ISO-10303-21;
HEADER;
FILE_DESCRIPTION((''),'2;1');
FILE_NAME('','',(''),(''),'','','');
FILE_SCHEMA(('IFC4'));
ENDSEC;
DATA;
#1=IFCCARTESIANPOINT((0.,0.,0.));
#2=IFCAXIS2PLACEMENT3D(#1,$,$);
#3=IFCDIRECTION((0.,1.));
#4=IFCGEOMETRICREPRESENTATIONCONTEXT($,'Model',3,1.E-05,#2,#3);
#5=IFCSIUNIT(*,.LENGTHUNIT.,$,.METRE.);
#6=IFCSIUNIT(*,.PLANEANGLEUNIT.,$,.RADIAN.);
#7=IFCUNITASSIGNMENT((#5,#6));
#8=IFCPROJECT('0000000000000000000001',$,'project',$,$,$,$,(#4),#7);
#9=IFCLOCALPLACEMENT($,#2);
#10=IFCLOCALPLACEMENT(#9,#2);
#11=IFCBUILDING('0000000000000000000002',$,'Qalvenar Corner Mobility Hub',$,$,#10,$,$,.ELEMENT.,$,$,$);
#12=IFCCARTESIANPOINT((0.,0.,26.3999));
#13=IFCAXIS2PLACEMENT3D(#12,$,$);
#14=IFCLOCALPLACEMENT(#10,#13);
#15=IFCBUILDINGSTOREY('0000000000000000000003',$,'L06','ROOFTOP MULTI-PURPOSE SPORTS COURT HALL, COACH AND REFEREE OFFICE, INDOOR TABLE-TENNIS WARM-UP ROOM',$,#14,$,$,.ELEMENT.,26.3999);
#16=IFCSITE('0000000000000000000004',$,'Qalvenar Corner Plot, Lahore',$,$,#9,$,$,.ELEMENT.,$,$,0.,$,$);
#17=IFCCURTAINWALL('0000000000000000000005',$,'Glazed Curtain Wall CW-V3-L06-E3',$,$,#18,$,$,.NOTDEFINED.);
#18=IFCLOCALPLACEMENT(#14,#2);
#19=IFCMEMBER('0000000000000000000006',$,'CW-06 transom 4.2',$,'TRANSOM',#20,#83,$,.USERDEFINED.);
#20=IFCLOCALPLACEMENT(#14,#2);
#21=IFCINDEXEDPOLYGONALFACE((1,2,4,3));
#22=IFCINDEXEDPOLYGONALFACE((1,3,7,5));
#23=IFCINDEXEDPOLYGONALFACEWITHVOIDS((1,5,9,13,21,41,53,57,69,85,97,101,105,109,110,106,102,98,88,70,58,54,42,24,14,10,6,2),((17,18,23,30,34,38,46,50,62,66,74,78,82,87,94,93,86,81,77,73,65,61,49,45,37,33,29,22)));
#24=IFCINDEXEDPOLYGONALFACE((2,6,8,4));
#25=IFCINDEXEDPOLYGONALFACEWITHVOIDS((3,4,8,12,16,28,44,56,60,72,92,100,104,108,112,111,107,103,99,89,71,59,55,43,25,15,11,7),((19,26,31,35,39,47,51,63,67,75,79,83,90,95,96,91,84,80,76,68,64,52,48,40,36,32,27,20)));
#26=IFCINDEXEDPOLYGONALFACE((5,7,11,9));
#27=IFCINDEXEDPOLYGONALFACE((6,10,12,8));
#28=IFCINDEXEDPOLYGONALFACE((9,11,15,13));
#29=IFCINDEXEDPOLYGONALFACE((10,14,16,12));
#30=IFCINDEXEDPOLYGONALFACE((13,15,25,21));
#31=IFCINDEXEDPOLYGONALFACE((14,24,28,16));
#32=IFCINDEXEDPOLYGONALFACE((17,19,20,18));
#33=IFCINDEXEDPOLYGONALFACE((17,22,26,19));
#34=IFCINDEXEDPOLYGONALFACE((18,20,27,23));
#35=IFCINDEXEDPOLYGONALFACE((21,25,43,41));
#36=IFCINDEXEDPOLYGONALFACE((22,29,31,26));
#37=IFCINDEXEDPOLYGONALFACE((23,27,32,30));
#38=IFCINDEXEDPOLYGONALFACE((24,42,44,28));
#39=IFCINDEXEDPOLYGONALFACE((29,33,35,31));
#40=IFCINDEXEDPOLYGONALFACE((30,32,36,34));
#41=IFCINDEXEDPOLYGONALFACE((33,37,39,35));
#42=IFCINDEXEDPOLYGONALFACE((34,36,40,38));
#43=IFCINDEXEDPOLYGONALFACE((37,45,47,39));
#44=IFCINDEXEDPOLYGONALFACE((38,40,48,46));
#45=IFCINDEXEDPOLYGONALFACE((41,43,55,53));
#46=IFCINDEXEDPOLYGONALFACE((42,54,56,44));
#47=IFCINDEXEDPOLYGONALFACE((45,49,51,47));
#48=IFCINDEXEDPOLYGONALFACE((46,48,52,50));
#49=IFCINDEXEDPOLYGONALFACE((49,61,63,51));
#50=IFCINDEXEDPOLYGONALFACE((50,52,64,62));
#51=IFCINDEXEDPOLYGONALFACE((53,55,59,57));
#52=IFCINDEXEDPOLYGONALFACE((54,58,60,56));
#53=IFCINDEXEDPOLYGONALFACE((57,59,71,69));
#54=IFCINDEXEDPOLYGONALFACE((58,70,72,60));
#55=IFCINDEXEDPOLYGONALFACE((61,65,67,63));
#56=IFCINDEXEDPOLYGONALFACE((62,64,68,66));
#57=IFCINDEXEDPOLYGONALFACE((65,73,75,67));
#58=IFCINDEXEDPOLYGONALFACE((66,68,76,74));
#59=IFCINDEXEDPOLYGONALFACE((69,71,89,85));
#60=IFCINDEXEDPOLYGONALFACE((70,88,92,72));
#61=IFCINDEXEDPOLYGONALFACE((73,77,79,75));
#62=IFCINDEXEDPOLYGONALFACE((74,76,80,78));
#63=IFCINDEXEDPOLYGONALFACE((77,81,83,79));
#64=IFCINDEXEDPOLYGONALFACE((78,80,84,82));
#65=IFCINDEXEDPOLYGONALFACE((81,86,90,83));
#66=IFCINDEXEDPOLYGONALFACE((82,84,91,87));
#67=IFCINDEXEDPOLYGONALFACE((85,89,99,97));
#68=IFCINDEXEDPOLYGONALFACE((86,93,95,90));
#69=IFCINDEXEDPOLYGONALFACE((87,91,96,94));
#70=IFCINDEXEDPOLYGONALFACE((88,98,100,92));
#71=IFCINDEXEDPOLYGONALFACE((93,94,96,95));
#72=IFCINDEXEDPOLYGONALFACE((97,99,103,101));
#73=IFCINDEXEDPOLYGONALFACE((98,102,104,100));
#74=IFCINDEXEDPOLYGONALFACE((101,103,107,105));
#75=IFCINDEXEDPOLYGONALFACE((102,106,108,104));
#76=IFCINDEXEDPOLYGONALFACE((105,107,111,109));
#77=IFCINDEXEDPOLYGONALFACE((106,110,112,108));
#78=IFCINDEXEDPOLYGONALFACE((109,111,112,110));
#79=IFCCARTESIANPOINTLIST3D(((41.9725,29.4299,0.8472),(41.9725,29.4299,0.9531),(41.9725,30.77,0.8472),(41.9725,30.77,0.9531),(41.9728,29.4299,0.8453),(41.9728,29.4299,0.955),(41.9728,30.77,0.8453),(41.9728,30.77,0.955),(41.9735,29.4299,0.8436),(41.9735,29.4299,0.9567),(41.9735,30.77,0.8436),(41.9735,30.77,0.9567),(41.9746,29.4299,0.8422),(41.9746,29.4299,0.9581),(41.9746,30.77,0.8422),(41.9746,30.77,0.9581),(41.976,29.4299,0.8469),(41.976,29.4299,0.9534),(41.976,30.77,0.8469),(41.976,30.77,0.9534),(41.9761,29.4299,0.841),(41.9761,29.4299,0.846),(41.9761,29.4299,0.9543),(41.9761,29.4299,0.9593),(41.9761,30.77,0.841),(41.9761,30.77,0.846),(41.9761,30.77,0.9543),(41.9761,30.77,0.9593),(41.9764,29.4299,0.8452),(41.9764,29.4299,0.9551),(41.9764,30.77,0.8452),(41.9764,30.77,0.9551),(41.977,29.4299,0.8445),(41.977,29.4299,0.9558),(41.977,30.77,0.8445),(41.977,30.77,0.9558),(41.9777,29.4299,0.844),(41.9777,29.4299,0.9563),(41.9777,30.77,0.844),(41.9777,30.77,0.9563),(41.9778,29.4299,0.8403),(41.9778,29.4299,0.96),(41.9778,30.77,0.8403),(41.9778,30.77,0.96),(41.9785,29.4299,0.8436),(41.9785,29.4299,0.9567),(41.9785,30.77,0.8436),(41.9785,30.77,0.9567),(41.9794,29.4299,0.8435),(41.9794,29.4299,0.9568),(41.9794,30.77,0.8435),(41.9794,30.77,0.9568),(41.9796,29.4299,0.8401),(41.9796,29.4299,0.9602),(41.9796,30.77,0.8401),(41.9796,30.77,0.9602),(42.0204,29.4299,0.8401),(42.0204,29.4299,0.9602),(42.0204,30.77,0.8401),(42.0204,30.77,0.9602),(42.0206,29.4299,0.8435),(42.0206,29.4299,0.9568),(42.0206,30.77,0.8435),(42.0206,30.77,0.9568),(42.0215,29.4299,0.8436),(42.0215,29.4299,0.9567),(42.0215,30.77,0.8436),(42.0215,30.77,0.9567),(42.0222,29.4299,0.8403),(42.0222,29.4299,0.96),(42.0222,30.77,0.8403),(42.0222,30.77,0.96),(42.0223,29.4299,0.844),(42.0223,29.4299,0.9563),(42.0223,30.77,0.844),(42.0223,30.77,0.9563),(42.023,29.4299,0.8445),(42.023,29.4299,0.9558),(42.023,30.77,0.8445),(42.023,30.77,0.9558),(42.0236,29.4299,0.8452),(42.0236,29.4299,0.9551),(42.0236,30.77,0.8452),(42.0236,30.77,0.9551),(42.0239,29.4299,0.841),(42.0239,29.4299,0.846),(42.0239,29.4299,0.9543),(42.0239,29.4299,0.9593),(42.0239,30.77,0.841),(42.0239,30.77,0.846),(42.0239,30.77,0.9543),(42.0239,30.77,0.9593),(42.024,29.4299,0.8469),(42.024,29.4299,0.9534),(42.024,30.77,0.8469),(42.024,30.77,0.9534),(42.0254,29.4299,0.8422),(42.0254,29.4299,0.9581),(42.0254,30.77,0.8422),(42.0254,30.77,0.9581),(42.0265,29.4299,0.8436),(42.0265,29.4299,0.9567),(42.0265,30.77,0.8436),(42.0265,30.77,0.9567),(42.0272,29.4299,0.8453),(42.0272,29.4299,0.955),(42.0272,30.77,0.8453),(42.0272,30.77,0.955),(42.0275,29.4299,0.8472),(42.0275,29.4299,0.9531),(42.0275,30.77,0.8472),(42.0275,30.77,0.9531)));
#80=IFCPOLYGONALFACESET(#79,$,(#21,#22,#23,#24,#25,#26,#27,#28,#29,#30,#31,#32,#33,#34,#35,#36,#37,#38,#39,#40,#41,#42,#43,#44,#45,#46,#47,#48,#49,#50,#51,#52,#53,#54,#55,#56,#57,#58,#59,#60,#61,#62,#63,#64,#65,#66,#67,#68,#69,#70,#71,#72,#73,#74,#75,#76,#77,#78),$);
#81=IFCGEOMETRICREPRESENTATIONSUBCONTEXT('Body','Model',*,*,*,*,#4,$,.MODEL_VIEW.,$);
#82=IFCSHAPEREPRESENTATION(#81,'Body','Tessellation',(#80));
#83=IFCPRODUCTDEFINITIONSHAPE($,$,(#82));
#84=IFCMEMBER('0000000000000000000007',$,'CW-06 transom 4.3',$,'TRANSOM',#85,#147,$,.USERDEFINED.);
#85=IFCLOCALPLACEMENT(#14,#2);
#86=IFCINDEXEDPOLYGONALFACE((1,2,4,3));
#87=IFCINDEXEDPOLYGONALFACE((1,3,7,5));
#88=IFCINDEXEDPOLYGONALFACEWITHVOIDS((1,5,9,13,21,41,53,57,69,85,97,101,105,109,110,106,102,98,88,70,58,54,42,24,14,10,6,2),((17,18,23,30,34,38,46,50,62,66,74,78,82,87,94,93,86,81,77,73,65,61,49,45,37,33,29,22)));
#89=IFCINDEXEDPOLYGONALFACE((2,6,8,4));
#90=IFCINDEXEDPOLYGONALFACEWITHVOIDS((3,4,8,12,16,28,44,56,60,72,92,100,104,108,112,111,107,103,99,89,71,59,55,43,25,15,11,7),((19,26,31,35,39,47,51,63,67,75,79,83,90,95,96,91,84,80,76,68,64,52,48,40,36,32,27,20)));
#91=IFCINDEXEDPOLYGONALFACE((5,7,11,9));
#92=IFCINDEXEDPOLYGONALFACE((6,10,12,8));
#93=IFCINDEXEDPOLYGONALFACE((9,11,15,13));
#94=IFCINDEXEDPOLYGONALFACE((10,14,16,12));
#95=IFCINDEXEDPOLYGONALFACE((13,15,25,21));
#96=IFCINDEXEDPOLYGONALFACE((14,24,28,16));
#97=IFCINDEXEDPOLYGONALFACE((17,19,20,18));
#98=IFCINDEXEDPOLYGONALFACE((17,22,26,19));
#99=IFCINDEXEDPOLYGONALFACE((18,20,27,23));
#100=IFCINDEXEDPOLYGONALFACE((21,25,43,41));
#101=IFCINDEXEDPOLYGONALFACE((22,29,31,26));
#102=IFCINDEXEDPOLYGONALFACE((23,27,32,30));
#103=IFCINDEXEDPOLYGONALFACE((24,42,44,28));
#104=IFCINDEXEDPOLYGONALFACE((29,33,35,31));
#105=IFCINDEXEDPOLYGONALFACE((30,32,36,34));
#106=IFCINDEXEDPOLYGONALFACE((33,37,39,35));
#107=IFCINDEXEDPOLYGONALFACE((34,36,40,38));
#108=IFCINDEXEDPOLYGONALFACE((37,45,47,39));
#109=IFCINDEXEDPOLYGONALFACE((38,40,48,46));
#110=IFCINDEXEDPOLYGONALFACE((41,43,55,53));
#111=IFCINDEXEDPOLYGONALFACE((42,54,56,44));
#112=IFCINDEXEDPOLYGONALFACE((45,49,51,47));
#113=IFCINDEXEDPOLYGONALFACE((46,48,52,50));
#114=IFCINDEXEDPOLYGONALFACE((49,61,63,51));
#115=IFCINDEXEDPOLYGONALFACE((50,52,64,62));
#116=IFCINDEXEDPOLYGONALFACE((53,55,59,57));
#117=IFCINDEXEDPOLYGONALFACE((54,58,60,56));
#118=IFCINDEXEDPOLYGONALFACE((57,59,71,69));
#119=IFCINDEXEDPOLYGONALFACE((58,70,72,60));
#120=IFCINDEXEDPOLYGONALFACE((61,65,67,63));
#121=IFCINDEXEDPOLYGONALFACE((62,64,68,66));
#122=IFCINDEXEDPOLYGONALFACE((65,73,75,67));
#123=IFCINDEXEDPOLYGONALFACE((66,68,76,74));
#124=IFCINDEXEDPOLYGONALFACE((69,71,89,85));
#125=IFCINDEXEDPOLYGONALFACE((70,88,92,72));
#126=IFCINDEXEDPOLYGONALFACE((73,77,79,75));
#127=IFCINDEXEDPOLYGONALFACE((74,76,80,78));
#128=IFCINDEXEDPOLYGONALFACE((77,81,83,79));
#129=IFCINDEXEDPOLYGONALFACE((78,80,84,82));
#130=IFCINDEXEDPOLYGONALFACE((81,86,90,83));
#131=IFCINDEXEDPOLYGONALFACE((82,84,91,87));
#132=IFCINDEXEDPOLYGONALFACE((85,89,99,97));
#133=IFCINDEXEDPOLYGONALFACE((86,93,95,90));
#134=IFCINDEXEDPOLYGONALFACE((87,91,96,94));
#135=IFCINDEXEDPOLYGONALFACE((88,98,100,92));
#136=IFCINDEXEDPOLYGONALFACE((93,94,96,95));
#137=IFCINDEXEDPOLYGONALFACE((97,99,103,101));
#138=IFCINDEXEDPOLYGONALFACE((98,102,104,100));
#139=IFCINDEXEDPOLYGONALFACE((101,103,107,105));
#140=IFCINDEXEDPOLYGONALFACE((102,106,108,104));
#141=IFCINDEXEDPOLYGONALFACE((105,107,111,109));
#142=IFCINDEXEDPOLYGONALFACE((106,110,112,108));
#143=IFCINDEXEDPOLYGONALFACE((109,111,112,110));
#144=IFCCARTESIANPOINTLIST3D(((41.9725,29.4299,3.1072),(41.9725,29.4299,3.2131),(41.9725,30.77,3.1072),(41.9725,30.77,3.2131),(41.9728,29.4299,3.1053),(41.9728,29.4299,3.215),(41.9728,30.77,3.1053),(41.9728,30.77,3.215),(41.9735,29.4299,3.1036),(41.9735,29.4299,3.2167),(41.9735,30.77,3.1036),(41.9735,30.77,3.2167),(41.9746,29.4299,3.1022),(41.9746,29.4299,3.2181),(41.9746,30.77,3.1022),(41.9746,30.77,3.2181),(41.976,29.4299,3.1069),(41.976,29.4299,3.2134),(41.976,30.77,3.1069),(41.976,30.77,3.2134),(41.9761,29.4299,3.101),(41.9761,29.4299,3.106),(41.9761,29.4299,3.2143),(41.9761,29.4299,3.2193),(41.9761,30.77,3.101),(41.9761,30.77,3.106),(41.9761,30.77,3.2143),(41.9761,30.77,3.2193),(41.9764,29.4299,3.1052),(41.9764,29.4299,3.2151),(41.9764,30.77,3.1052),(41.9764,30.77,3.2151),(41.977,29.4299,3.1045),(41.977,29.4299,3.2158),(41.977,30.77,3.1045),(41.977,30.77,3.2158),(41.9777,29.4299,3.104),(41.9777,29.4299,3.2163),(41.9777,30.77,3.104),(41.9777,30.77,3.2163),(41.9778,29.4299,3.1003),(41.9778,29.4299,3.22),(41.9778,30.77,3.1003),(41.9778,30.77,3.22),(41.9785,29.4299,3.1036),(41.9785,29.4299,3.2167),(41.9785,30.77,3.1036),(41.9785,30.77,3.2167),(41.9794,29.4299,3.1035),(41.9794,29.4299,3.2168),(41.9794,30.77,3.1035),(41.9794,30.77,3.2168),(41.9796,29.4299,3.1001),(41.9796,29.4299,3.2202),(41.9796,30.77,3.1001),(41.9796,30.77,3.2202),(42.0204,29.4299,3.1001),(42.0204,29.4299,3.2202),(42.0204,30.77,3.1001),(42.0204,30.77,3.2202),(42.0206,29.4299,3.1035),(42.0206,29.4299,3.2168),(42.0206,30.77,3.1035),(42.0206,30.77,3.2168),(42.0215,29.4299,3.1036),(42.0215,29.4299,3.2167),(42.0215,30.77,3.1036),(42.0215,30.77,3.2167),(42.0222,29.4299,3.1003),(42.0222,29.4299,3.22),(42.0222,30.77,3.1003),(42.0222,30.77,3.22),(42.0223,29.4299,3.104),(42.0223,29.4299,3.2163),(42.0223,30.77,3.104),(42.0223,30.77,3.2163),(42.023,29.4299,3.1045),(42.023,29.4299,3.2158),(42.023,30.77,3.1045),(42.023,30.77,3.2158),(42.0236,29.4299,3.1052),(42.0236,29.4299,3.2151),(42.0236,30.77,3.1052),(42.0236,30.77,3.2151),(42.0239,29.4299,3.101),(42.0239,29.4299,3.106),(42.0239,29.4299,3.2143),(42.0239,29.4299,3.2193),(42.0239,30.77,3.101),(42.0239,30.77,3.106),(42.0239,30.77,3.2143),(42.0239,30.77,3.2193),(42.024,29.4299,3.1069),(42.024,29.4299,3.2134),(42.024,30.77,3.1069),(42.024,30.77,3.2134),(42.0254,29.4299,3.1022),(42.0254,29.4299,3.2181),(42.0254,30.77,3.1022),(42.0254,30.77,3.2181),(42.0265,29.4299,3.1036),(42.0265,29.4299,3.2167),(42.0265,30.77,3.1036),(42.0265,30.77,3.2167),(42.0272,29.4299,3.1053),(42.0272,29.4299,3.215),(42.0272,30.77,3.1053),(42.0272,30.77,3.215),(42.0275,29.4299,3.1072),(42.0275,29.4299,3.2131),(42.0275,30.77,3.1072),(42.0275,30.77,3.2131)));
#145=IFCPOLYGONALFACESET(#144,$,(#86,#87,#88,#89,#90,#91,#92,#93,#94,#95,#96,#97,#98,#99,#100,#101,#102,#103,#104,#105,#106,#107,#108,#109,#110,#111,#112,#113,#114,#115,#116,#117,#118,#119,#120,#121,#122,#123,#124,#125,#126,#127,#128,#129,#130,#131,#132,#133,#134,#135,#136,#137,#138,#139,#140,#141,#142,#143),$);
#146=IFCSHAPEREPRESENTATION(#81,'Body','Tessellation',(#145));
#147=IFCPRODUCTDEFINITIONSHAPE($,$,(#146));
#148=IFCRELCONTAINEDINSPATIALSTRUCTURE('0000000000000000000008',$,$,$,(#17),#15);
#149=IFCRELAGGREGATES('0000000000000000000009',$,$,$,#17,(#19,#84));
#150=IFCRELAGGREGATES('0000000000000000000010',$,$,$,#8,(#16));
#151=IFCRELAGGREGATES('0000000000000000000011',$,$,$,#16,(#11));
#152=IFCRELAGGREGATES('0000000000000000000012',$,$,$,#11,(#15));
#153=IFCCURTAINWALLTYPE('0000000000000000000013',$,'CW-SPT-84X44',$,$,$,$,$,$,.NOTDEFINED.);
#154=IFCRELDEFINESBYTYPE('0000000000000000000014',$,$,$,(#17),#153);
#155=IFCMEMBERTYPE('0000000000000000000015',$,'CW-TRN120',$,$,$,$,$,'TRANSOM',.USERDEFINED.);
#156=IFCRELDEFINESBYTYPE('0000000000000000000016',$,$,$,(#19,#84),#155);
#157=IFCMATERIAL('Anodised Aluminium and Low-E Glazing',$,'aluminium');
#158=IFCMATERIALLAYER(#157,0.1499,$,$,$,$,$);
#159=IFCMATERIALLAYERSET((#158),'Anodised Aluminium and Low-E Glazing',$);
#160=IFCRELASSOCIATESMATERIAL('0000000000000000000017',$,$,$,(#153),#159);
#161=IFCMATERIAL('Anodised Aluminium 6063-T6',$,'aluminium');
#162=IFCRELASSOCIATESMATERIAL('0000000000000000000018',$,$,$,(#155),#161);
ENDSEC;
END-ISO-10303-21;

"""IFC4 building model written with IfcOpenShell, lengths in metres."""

from ifc_helpers import new_model, si_unit, direction, frame, origin, origin_2d, place, context, subcontext, project, spatial, hollow_rectangle, extrude, material, layer, layer_set, material_profile, profile_set, type_object, element, aggregate, save


model = new_model("IFC4")

# Units and contexts
model_context = context("Model", 3, precision=1e-05, world=origin(), true_north=direction((0.0, 1.0)))
body_context = subcontext(model_context, "Body", "Model", "MODEL_VIEW")
ifc_project = project(units=[si_unit("LENGTHUNIT", "METRE"), si_unit("PLANEANGLEUNIT", "RADIAN")], contexts=[model_context])

# Site, building, storey
site_placement = place(None, origin())
site = spatial("IfcSite", under=ifc_project, at=site_placement, Name="Qalvenar Corner Plot, Lahore", CompositionType="ELEMENT", RefElevation=0.0)
building_placement = place(site_placement, origin())
building = spatial("IfcBuilding", under=site, at=building_placement, Name="Qalvenar Corner Mobility Hub", CompositionType="ELEMENT")
storey_placement = place(building_placement, frame((0.0, 0.0, 26.3999)))
storey = spatial("IfcBuildingStorey", under=building, at=storey_placement, Name="L06", Description="ROOFTOP MULTI-PURPOSE SPORTS COURT HALL, COACH AND REFEREE OFFICE, INDOOR TABLE-TENNIS WARM-UP ROOM", CompositionType="ELEMENT", Elevation=26.3999)

# Shared definitions
ifc_material_1 = material(Name="Anodised Aluminium and Low-E Glazing", Category="aluminium")
ifc_material_2 = material(Name="Anodised Aluminium 6063-T6", Category="aluminium")

# Curtain wall
ifc_layer_1 = layer(ifc_material_1, 0.1499)
ifc_layer_set_1 = layer_set([ifc_layer_1], Name="Anodised Aluminium and Low-E Glazing")
curtain_wall_type_1 = type_object("IfcCurtainWallType", Name="CW-SPT-84X44", PredefinedType="NOTDEFINED", material=ifc_layer_set_1)
curtain_wall_1_placement = place(storey_placement, origin())
curtain_wall_1 = element("IfcCurtainWall", 1, at=curtain_wall_1_placement, inside=storey, type_object=curtain_wall_type_1, Name="Glazed Curtain Wall CW-V3-L06-E3", PredefinedType="NOTDEFINED")

# Members
ifc_material_profile_1 = material_profile(ifc_material_2, hollow_rectangle(XDim=0.0549, YDim=0.1201, WallThickness=0.0034, InnerFilletRadius=0.0034, OuterFilletRadius=0.0071, at=origin_2d()), Name="RHS120x55x3.5")
ifc_profile_set_1 = profile_set([ifc_material_profile_1], Name="Anodised Aluminium 6063-T6")
member_type_1 = type_object("IfcMemberType", Name="CW-TRN120", ElementType="TRANSOM", PredefinedType="USERDEFINED", material=ifc_profile_set_1)
member_1_placement = place(storey_placement, frame((42.0, 29.4299, 0.9001), z_axis=(0.0, 1.0, 0.0), x_axis=(-1.0, 0.0, 0.0)))
member_1 = element("IfcMember", 2, at=member_1_placement, type_object=member_type_1, Name="CW-06 transom 4.2", ObjectType="TRANSOM", PredefinedType="USERDEFINED", context=body_context, shape_type="SweptSolid", body=[
    extrude(hollow_rectangle(XDim=0.0549, YDim=0.1201, WallThickness=0.0034, InnerFilletRadius=0.0034, OuterFilletRadius=0.0071, at=origin_2d()), origin(), (0.0, 0.0, 1.0), 1.3401),
])
member_2_placement = place(storey_placement, frame((42.0, 29.4299, 3.1602), z_axis=(0.0, 1.0, 0.0), x_axis=(-1.0, 0.0, 0.0)))
member_2 = element("IfcMember", 3, at=member_2_placement, type_object=member_type_1, Name="CW-06 transom 4.3", ObjectType="TRANSOM", PredefinedType="USERDEFINED", context=body_context, shape_type="SweptSolid", body=[
    extrude(hollow_rectangle(XDim=0.0549, YDim=0.1201, WallThickness=0.0034, InnerFilletRadius=0.0034, OuterFilletRadius=0.0071, at=origin_2d()), origin(), (0.0, 0.0, 1.0), 1.3401),
])

aggregate(curtain_wall_1, [member_1, member_2])

save(model, "model.ifc")
